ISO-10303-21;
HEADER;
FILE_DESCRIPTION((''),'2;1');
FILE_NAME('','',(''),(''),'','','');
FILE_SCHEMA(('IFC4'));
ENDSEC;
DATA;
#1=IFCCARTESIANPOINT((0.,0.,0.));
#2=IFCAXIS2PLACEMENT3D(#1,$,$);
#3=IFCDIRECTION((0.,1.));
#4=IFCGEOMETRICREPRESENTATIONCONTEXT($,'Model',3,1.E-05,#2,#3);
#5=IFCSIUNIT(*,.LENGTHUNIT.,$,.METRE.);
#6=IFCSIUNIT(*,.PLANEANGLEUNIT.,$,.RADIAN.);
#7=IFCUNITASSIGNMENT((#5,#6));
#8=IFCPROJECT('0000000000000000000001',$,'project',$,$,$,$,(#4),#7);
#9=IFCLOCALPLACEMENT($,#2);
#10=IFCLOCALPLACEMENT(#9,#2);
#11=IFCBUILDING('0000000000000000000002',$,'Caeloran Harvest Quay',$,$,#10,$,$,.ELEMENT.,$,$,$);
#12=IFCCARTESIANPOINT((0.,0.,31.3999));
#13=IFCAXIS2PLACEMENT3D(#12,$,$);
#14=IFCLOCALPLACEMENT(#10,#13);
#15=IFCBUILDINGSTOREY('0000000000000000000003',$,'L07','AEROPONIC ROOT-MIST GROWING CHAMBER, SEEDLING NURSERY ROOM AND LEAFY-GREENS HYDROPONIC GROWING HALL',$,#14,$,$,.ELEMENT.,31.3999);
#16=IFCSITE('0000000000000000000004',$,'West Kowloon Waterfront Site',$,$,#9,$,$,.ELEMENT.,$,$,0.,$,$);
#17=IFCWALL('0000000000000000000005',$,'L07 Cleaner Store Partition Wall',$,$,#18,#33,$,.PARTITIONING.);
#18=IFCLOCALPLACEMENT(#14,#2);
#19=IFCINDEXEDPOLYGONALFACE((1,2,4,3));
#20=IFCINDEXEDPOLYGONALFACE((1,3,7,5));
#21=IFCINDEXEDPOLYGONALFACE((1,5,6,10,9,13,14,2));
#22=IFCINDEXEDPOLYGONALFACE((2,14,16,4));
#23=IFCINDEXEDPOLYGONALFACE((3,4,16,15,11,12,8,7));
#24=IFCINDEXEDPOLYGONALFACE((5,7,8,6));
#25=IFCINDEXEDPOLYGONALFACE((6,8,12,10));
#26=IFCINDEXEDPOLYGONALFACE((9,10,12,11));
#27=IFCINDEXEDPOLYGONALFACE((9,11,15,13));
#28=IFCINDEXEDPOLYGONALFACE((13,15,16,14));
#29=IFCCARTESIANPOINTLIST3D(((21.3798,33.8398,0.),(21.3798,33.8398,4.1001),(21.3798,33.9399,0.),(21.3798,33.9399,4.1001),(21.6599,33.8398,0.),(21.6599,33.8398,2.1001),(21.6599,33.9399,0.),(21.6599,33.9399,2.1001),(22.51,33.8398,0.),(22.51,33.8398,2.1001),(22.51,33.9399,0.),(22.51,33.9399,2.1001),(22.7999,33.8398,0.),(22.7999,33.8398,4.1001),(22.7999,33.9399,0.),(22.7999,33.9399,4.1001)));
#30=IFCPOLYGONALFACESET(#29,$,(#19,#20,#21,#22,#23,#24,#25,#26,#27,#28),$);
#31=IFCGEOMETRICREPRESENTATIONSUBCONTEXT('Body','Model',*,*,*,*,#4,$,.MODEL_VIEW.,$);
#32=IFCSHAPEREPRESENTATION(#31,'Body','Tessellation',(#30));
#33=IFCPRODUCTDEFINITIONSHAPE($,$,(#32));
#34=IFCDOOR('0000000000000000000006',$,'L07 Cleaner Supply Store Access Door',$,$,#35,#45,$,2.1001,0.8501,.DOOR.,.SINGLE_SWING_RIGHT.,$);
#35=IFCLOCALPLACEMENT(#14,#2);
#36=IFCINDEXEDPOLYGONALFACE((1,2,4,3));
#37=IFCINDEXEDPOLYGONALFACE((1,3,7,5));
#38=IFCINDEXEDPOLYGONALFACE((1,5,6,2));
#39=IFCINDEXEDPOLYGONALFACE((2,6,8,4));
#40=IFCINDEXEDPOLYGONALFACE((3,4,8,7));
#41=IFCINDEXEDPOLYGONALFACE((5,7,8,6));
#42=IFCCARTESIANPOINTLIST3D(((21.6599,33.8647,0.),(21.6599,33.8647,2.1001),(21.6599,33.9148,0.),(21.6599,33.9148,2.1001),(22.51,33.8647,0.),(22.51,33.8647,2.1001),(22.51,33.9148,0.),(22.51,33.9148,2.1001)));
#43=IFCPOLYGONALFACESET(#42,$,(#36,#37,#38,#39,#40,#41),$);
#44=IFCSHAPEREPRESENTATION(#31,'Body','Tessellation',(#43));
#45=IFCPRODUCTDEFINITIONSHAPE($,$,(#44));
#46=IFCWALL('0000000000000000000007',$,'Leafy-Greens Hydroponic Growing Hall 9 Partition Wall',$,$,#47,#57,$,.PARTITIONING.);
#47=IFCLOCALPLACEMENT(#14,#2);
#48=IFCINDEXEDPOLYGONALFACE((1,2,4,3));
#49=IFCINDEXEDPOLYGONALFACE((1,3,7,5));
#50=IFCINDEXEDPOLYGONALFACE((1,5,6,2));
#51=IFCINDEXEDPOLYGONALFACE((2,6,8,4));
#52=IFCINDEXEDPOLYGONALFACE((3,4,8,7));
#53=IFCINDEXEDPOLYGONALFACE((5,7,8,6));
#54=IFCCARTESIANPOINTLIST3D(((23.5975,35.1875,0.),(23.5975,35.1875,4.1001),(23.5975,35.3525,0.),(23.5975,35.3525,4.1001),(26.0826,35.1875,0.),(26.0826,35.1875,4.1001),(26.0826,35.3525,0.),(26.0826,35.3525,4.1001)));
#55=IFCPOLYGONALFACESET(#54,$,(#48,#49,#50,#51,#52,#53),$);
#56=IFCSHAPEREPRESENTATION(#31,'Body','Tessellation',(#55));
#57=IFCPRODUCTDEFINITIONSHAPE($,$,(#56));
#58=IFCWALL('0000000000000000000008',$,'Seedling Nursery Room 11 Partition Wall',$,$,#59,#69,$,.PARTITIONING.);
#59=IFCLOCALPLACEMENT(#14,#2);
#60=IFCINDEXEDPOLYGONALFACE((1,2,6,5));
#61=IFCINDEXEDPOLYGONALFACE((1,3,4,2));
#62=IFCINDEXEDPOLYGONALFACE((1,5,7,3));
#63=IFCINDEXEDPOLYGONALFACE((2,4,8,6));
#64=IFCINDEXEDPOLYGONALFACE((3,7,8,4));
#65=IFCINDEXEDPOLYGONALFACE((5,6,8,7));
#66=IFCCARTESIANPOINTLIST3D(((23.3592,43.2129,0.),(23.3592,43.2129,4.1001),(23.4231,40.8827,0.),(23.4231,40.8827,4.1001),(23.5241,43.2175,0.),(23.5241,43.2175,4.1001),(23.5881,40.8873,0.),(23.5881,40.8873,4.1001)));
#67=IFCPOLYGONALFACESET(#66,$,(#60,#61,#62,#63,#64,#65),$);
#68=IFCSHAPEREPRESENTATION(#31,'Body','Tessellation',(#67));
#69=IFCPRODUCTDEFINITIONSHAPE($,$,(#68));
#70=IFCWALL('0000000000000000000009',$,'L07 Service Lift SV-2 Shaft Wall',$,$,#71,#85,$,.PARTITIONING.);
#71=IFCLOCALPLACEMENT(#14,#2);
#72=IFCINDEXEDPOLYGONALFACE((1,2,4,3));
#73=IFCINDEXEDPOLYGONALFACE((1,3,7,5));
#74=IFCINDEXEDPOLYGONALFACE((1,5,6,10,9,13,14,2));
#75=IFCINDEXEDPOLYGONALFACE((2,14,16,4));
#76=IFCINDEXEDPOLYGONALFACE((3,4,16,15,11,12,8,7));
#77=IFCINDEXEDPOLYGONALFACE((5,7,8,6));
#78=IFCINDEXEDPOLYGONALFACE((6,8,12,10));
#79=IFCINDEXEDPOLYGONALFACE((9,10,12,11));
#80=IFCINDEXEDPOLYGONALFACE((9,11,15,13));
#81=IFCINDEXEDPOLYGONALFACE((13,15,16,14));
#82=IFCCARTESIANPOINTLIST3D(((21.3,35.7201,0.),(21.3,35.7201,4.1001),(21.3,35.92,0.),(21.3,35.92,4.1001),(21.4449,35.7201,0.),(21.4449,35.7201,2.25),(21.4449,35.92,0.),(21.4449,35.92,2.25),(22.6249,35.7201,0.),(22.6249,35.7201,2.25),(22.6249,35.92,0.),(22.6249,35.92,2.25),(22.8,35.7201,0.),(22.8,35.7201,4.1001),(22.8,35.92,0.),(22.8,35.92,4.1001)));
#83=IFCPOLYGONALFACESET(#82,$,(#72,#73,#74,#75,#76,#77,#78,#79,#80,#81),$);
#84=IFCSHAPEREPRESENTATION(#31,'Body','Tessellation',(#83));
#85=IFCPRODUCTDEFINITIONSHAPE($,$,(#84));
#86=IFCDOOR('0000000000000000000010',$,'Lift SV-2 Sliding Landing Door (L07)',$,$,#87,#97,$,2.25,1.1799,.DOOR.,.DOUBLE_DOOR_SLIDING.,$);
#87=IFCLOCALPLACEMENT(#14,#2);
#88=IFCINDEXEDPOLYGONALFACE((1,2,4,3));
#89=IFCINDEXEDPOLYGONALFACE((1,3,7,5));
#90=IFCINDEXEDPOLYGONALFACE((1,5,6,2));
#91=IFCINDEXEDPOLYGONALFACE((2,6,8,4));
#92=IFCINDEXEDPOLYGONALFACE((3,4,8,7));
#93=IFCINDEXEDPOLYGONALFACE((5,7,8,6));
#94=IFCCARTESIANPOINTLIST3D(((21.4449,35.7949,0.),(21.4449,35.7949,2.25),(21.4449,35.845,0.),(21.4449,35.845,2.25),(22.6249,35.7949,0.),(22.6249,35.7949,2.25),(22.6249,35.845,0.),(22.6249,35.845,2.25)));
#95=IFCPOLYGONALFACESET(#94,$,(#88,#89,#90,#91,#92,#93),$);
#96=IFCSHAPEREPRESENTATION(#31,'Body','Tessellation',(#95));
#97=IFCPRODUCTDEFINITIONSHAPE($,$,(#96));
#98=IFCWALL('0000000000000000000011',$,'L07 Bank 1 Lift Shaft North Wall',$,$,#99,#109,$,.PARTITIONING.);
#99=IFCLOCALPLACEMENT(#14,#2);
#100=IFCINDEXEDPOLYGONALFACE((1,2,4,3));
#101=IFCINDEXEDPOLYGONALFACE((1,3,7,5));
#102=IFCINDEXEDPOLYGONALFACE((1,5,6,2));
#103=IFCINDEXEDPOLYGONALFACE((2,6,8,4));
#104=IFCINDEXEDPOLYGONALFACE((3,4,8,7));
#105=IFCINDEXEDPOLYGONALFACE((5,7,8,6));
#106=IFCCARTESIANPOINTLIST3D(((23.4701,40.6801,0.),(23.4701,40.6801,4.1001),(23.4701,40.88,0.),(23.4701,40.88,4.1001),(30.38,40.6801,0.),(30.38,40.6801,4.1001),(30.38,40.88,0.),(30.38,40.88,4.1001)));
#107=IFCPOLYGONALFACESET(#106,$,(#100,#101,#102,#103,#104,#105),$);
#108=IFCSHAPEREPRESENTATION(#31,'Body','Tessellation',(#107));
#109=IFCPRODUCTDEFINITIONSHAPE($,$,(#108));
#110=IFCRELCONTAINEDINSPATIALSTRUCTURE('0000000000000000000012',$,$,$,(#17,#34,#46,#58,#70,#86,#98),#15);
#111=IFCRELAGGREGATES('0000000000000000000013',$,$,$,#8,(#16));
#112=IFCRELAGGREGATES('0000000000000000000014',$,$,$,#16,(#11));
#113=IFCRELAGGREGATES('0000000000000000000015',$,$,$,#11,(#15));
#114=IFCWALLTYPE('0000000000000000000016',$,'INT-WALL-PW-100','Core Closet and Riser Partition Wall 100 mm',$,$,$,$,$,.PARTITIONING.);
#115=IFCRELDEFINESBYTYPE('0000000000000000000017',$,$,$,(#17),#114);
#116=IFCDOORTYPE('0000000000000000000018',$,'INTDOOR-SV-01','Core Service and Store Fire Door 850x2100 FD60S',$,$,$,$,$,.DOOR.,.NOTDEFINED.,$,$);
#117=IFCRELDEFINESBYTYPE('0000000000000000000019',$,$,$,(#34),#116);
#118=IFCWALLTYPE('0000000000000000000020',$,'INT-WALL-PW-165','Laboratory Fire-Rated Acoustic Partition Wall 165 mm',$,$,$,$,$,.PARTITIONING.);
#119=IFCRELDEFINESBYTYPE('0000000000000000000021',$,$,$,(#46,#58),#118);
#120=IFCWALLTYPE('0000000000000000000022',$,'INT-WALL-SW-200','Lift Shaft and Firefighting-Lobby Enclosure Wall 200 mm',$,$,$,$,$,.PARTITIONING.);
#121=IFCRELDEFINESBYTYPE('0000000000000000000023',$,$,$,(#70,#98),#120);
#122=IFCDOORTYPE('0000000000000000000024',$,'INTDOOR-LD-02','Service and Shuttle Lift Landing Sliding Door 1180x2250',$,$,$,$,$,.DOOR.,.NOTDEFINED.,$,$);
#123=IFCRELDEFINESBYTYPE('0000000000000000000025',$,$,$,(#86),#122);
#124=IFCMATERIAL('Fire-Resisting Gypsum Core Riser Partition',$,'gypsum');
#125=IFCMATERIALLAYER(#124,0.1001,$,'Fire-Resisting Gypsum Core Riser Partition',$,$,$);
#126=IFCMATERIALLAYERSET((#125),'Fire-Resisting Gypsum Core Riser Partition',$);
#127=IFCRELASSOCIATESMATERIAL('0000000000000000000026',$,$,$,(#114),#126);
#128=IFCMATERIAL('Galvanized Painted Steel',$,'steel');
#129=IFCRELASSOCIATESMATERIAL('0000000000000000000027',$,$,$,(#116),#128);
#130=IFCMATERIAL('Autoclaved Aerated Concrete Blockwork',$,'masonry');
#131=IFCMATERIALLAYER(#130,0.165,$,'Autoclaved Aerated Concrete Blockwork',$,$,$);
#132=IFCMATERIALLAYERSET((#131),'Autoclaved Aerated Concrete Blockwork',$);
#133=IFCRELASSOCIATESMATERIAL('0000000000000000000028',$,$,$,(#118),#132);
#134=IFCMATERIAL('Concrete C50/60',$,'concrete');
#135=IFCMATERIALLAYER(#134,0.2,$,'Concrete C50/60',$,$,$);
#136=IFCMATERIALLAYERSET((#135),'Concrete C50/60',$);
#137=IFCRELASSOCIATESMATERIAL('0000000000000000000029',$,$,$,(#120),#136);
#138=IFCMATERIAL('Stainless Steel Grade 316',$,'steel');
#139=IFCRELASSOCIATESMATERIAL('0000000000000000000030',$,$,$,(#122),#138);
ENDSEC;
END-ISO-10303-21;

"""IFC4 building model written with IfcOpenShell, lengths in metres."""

from ifc_helpers import new_model, si_unit, direction, frame, frame_2d, origin, place, context, subcontext, project, spatial, rectangle, extrude, material, layer, layer_set, type_object, element, fill, save


model = new_model("IFC4")

# Units and contexts
model_context = context("Model", 3, precision=1e-05, world=origin(), true_north=direction((0.0, 1.0)))
body_context = subcontext(model_context, "Body", "Model", "MODEL_VIEW")
ifc_project = project(units=[si_unit("LENGTHUNIT", "METRE"), si_unit("PLANEANGLEUNIT", "RADIAN")], contexts=[model_context])

# Site, building, storey
site_placement = place(None, origin())
site = spatial("IfcSite", under=ifc_project, at=site_placement, Name="West Kowloon Waterfront Site", CompositionType="ELEMENT", RefElevation=0.0)
building_placement = place(site_placement, origin())
building = spatial("IfcBuilding", under=site, at=building_placement, Name="Caeloran Harvest Quay", CompositionType="ELEMENT")
storey_placement = place(building_placement, frame((0.0, 0.0, 31.3999)))
storey = spatial("IfcBuildingStorey", under=building, at=storey_placement, Name="L07", Description="AEROPONIC ROOT-MIST GROWING CHAMBER, SEEDLING NURSERY ROOM AND LEAFY-GREENS HYDROPONIC GROWING HALL", CompositionType="ELEMENT", Elevation=31.3999)

# Wall, opening, door
ifc_material_1 = material(Name="Fire-Resisting Gypsum Core Riser Partition", Category="gypsum")
ifc_layer_1 = layer(ifc_material_1, 0.1001, Name="Fire-Resisting Gypsum Core Riser Partition")
ifc_layer_set_1 = layer_set([ifc_layer_1], Name="Fire-Resisting Gypsum Core Riser Partition")
wall_type_1 = type_object("IfcWallType", Name="INT-WALL-PW-100", Description="Core Closet and Riser Partition Wall 100 mm", PredefinedType="PARTITIONING", material=ifc_layer_set_1)
wall_1_placement = place(storey_placement, frame((21.3799, 33.8899, 0.0), z_axis=(0.0, 0.0, 1.0), x_axis=(1.0, 0.0, 0.0)))
wall_1 = element("IfcWall", 1, at=wall_1_placement, inside=storey, type_object=wall_type_1, Name="L07 Cleaner Store Partition Wall", PredefinedType="PARTITIONING", context=body_context, shape_type="SweptSolid", body=[
    extrude(rectangle(XDim=1.4202, YDim=0.1001, at=frame_2d((0.71, 0.0))), origin(), (0.0, 0.0, 1.0), 4.1001),
])
opening_1_placement = place(wall_1_placement, frame((0.28, 0.0, 0.0)))
opening_1 = element("IfcOpeningElement", 2, at=opening_1_placement, cuts=wall_1, PredefinedType="OPENING", context=body_context, shape_type="SweptSolid", body=[
    extrude(rectangle(XDim=0.8501, YDim=2.1001, at=frame_2d((0.425, 1.05))), frame((0.0, 0.0601, 0.0), z_axis=(0.0, -1.0, 0.0), x_axis=(1.0, 0.0, 0.0)), (0.0, 0.0, 1.0), 0.1201),
])
ifc_material_2 = material(Name="Galvanized Painted Steel", Category="steel")
door_type_1 = type_object("IfcDoorType", Name="INTDOOR-SV-01", Description="Core Service and Store Fire Door 850x2100 FD60S", OperationType="NOTDEFINED", PredefinedType="DOOR", material=ifc_material_2)
door_1_placement = place(opening_1_placement, origin())
door_1 = element("IfcDoor", 3, at=door_1_placement, inside=storey, type_object=door_type_1, Name="L07 Cleaner Supply Store Access Door", OperationType="SINGLE_SWING_RIGHT", OverallHeight=2.1001, OverallWidth=0.8501, PredefinedType="DOOR", context=body_context, shape_type="SweptSolid", body=[
    extrude(rectangle(XDim=0.8501, YDim=2.1001, at=frame_2d((0.425, 1.05))), frame((0.0, 0.0249, 0.0), z_axis=(0.0, -1.0, 0.0), x_axis=(1.0, 0.0, 0.0)), (0.0, 0.0, 1.0), 0.05),
])
fill(opening_1, door_1)

# Walls
ifc_material_3 = material(Name="Autoclaved Aerated Concrete Blockwork", Category="masonry")
ifc_layer_2 = layer(ifc_material_3, 0.165, Name="Autoclaved Aerated Concrete Blockwork")
ifc_layer_set_2 = layer_set([ifc_layer_2], Name="Autoclaved Aerated Concrete Blockwork")
wall_type_2 = type_object("IfcWallType", Name="INT-WALL-PW-165", Description="Laboratory Fire-Rated Acoustic Partition Wall 165 mm", PredefinedType="PARTITIONING", material=ifc_layer_set_2)
wall_2_placement = place(storey_placement, frame((23.5974, 35.27, 0.0), z_axis=(0.0, 0.0, 1.0), x_axis=(1.0, 0.0, 0.0)))
element("IfcWall", 4, at=wall_2_placement, inside=storey, type_object=wall_type_2, Name="Leafy-Greens Hydroponic Growing Hall 9 Partition Wall", PredefinedType="PARTITIONING", context=body_context, shape_type="SweptSolid", body=[
    extrude(rectangle(XDim=2.4851, YDim=0.165, at=frame_2d((1.2427, 0.0))), origin(), (0.0, 0.0, 1.0), 4.1001),
])
wall_3_placement = place(storey_placement, frame((23.5056, 40.885, 0.0), z_axis=(0.0, 0.0, 1.0), x_axis=(-0.027441, 0.999623, 0.0)))
element("IfcWall", 5, at=wall_3_placement, inside=storey, type_object=wall_type_2, Name="Seedling Nursery Room 11 Partition Wall", PredefinedType="PARTITIONING", context=body_context, shape_type="SweptSolid", body=[
    extrude(rectangle(XDim=2.3311, YDim=0.165, at=frame_2d((1.1655, 0.0))), origin(), (0.0, 0.0, 1.0), 4.1001),
])

# Wall, opening, door
ifc_material_4 = material(Name="Concrete C50/60", Category="concrete")
ifc_layer_3 = layer(ifc_material_4, 0.2, Name="Concrete C50/60")
ifc_layer_set_3 = layer_set([ifc_layer_3], Name="Concrete C50/60")
wall_type_3 = type_object("IfcWallType", Name="INT-WALL-SW-200", Description="Lift Shaft and Firefighting-Lobby Enclosure Wall 200 mm", PredefinedType="PARTITIONING", material=ifc_layer_set_3)
wall_4_placement = place(storey_placement, frame((21.3, 35.8201, 0.0), z_axis=(0.0, 0.0, 1.0), x_axis=(1.0, 0.0, 0.0)))
wall_4 = element("IfcWall", 6, at=wall_4_placement, inside=storey, type_object=wall_type_3, Name="L07 Service Lift SV-2 Shaft Wall", PredefinedType="PARTITIONING", context=body_context, shape_type="SweptSolid", body=[
    extrude(rectangle(XDim=1.5, YDim=0.2, at=frame_2d((0.75, 0.0))), origin(), (0.0, 0.0, 1.0), 4.1001),
])
opening_2_placement = place(wall_4_placement, frame((0.145, 0.0, 0.0)))
opening_2 = element("IfcOpeningElement", 7, at=opening_2_placement, cuts=wall_4, PredefinedType="OPENING", context=body_context, shape_type="SweptSolid", body=[
    extrude(rectangle(XDim=1.1799, YDim=2.25, at=frame_2d((0.5898, 1.125))), frame((0.0, 0.1099, 0.0), z_axis=(0.0, -1.0, 0.0), x_axis=(1.0, 0.0, 0.0)), (0.0, 0.0, 1.0), 0.22),
])
ifc_material_5 = material(Name="Stainless Steel Grade 316", Category="steel")
door_type_2 = type_object("IfcDoorType", Name="INTDOOR-LD-02", Description="Service and Shuttle Lift Landing Sliding Door 1180x2250", OperationType="NOTDEFINED", PredefinedType="DOOR", material=ifc_material_5)
door_2_placement = place(opening_2_placement, origin())
door_2 = element("IfcDoor", 8, at=door_2_placement, inside=storey, type_object=door_type_2, Name="Lift SV-2 Sliding Landing Door (L07)", OperationType="DOUBLE_DOOR_SLIDING", OverallHeight=2.25, OverallWidth=1.1799, PredefinedType="DOOR", context=body_context, shape_type="SweptSolid", body=[
    extrude(rectangle(XDim=1.1799, YDim=2.25, at=frame_2d((0.5898, 1.125))), frame((0.0, 0.0249, 0.0), z_axis=(0.0, -1.0, 0.0), x_axis=(1.0, 0.0, 0.0)), (0.0, 0.0, 1.0), 0.05),
])
fill(opening_2, door_2)

# Wall
wall_5_placement = place(storey_placement, frame((23.47, 40.78, 0.0), z_axis=(0.0, 0.0, 1.0), x_axis=(1.0, 0.0, 0.0)))
element("IfcWall", 9, at=wall_5_placement, inside=storey, type_object=wall_type_3, Name="L07 Bank 1 Lift Shaft North Wall", PredefinedType="PARTITIONING", context=body_context, shape_type="SweptSolid", body=[
    extrude(rectangle(XDim=6.9099, YDim=0.2, at=frame_2d((3.4551, 0.0))), origin(), (0.0, 0.0, 1.0), 4.1001),
])

save(model, "model.ifc")
